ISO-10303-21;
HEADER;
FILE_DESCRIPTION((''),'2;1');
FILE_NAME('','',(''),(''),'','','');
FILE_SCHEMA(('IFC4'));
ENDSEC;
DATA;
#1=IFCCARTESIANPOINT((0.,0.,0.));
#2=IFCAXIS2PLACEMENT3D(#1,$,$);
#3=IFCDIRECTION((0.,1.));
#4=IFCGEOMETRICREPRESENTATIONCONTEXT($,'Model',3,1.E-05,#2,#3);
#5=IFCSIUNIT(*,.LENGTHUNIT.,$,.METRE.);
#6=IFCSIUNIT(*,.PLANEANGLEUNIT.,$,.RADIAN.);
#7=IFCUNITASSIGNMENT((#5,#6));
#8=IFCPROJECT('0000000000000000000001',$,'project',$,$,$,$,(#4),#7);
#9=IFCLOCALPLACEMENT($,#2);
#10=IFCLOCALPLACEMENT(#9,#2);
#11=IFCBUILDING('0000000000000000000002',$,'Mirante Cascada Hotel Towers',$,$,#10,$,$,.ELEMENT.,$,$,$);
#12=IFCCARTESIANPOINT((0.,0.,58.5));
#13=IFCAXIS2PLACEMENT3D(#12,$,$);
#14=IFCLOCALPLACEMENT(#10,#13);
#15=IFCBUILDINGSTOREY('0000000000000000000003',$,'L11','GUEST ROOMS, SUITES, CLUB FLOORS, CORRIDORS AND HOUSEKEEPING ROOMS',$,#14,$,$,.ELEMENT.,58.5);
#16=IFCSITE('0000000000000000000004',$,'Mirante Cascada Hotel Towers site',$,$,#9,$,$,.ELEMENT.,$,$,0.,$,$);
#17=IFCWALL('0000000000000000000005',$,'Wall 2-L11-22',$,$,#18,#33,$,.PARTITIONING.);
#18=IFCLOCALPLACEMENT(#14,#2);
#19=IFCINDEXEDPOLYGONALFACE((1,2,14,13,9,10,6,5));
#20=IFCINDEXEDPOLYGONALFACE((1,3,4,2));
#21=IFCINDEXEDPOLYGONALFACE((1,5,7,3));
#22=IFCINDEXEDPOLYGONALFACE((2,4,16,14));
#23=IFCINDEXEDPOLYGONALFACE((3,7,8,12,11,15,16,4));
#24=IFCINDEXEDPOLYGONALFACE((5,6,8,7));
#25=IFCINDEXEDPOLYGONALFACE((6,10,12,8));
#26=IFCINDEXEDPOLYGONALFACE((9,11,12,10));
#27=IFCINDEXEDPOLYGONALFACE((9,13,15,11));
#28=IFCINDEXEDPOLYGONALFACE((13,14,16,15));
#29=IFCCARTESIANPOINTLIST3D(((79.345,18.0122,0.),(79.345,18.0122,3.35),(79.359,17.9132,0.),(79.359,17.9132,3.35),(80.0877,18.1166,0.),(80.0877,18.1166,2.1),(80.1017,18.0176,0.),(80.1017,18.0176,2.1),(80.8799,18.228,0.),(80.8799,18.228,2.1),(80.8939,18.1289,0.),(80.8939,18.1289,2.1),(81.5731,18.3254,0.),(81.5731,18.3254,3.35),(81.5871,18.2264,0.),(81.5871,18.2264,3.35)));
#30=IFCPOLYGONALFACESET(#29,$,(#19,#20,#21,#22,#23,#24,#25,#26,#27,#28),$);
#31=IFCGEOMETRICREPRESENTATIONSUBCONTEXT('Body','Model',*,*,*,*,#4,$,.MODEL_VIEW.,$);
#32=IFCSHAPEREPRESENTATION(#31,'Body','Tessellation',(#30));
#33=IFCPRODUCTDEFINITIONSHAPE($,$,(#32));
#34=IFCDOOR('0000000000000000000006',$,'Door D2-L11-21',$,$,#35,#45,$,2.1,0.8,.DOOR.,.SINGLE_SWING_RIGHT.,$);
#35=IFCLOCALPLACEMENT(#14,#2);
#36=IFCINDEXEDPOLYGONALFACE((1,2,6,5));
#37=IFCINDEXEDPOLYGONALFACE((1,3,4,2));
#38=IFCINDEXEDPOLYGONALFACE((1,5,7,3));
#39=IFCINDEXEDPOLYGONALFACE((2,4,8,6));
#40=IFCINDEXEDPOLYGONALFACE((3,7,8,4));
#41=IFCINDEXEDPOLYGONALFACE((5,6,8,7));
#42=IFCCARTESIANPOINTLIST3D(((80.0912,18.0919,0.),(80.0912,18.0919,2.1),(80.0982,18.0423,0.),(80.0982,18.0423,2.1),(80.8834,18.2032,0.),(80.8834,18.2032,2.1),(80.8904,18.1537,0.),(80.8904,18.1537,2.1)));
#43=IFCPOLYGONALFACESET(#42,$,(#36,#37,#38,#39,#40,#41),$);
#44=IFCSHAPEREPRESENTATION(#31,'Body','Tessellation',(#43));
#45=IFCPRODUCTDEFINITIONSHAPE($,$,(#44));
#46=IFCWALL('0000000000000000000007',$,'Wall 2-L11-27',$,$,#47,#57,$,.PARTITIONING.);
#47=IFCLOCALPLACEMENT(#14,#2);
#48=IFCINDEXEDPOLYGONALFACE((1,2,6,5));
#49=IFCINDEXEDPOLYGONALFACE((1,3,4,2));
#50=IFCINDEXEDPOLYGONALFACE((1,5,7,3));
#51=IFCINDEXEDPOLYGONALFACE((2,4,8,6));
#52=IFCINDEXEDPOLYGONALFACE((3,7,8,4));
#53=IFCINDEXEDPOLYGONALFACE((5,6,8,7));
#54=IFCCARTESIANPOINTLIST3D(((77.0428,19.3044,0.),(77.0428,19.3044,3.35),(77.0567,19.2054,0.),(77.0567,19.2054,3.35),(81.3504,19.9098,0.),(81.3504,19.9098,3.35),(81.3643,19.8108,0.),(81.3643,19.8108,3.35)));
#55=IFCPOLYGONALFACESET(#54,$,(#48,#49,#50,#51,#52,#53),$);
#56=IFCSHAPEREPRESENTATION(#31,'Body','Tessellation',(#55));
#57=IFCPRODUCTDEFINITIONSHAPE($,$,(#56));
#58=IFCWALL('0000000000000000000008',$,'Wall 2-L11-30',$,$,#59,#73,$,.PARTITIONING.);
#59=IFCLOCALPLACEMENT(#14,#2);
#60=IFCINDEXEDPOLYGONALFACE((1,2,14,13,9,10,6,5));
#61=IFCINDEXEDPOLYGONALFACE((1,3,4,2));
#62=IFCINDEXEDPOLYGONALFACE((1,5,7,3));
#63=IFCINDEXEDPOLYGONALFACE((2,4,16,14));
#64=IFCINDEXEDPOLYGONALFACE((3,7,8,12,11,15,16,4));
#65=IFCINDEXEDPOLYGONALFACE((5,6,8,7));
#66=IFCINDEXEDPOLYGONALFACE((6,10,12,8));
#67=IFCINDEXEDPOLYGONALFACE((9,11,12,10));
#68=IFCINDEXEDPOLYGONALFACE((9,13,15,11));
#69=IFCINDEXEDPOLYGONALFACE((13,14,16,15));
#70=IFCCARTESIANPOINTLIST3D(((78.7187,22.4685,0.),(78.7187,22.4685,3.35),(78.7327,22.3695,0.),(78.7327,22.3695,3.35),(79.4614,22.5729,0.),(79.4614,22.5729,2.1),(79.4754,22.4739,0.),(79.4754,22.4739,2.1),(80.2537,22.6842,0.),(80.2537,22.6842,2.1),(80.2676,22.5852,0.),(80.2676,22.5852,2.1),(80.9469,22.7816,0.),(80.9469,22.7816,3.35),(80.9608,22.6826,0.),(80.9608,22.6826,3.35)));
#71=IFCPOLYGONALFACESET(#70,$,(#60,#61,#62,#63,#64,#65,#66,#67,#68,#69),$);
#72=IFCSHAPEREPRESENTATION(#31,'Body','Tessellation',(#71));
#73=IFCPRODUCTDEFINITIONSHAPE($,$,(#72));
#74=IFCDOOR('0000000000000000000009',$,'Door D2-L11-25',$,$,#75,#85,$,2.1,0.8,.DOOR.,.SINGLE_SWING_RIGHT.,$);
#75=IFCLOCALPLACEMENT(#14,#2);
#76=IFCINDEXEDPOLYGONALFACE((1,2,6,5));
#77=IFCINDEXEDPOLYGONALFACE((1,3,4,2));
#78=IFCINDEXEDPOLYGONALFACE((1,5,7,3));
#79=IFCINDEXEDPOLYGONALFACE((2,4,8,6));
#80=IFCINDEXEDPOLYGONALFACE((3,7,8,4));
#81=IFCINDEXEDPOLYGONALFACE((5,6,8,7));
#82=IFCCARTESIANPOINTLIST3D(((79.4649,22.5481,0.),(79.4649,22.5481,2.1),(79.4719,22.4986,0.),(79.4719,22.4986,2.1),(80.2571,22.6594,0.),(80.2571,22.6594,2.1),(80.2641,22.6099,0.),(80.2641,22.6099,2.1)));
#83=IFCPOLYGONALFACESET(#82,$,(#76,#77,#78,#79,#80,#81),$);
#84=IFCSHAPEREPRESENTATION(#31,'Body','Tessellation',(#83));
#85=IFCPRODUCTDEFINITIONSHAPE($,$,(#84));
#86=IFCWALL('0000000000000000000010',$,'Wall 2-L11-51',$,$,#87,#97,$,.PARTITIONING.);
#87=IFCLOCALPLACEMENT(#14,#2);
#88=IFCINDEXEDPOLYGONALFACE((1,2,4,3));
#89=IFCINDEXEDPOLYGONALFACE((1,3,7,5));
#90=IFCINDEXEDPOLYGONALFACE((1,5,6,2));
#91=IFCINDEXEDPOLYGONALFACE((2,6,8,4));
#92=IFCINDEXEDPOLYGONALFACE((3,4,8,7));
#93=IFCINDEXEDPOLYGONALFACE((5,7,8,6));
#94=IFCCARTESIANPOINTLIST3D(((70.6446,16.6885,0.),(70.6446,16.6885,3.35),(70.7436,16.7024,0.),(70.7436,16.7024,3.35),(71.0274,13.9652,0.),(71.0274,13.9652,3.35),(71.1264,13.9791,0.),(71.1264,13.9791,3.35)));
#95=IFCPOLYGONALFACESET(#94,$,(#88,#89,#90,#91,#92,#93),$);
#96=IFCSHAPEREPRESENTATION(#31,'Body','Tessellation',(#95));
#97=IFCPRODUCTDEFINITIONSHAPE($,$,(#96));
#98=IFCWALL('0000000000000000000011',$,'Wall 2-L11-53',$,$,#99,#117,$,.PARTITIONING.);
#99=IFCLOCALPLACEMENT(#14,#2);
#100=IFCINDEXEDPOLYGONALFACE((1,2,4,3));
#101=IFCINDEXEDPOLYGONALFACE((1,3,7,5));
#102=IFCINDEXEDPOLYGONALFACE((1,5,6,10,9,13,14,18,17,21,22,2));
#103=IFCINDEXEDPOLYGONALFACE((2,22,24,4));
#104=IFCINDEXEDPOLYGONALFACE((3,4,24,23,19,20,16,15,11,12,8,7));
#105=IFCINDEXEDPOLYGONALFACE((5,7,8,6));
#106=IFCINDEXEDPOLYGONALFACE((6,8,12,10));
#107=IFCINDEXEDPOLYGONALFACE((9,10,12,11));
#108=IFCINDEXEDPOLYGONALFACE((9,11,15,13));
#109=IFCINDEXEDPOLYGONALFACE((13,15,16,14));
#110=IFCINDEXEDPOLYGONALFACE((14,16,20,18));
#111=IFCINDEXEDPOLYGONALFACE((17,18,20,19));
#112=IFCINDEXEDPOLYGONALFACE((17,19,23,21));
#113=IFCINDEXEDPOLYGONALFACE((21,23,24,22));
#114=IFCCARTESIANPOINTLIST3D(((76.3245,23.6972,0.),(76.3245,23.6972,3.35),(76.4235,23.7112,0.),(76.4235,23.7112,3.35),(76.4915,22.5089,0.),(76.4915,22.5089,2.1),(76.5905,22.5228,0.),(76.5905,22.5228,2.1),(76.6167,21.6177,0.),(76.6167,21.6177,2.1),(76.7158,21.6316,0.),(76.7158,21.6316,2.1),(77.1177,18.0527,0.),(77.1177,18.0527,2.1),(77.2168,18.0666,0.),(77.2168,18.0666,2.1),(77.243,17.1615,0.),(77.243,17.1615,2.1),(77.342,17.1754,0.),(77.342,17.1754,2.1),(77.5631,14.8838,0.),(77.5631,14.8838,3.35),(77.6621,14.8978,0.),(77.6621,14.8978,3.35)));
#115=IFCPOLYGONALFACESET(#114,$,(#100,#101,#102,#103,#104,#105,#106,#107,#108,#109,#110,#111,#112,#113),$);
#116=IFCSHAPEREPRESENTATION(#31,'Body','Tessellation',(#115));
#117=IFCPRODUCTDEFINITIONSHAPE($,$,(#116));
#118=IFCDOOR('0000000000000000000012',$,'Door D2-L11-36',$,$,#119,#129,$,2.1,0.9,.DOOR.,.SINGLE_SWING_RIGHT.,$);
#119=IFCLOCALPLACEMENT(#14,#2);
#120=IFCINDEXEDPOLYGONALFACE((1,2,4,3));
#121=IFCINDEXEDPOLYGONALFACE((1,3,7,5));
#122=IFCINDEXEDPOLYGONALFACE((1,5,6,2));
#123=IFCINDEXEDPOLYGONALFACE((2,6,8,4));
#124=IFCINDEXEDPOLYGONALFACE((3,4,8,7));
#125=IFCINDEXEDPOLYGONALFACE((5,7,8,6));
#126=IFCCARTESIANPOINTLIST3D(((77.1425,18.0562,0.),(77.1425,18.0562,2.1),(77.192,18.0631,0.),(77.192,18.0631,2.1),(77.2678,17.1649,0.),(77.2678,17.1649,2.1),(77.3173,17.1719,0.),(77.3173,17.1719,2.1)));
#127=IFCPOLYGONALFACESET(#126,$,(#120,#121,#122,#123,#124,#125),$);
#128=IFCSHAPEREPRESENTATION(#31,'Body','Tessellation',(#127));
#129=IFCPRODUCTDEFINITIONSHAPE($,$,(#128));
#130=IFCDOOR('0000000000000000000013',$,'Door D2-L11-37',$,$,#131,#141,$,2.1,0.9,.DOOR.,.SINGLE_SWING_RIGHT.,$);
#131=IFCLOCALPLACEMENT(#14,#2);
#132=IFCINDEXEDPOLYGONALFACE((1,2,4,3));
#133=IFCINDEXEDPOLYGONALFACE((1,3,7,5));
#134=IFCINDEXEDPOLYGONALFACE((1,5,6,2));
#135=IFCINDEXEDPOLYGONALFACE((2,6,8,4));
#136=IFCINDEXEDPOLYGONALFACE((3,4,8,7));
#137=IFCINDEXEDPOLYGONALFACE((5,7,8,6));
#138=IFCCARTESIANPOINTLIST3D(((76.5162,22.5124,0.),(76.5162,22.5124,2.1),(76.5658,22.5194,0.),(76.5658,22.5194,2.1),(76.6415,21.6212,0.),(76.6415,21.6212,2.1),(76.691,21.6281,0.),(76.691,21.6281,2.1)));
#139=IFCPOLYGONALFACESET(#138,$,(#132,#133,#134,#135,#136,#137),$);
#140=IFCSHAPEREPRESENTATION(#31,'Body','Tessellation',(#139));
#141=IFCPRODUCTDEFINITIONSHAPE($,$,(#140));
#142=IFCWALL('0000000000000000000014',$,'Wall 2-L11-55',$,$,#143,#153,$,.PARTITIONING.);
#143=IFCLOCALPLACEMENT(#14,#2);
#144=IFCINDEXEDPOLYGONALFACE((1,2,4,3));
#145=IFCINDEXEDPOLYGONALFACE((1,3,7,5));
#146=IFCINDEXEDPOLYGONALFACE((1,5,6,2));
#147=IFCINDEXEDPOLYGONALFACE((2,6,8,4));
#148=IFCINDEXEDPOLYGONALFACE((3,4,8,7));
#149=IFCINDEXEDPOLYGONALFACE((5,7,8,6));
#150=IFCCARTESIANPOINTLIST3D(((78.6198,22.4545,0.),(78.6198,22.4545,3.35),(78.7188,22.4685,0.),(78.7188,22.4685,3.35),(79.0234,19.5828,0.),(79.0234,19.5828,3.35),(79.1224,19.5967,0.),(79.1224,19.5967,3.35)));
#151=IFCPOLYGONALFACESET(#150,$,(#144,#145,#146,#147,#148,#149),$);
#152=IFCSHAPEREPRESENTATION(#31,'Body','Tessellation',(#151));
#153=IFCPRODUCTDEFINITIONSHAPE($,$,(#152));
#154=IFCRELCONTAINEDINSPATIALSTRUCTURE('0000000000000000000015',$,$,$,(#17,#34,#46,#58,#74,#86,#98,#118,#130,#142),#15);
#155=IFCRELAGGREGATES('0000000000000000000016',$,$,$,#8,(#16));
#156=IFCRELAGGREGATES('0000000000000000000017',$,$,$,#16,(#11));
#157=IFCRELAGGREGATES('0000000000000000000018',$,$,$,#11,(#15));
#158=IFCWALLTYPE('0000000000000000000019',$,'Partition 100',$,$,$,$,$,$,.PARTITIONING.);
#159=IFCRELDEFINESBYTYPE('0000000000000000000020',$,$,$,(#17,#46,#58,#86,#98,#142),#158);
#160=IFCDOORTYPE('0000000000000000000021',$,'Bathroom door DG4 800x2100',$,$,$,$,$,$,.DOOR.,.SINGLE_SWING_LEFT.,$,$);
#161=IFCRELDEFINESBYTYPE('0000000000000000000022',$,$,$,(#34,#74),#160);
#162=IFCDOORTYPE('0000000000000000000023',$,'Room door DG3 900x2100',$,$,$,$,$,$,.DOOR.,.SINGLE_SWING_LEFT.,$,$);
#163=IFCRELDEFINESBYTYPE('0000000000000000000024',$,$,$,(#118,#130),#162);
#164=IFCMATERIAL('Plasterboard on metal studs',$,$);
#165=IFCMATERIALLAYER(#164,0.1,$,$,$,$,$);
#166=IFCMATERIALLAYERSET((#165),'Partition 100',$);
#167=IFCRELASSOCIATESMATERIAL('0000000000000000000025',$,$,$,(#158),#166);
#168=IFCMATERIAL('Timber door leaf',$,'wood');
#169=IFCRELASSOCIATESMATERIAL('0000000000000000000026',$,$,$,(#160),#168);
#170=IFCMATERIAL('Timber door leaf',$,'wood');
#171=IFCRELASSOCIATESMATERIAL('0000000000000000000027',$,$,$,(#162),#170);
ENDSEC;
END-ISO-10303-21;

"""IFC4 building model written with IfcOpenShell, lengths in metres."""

from ifc_helpers import new_model, si_unit, direction, frame, frame_2d, origin, place, context, subcontext, project, spatial, rectangle, extrude, material, layer, layer_set, type_object, element, fill, save


model = new_model("IFC4")

# Units and contexts
model_context = context("Model", 3, precision=1e-05, world=origin(), true_north=direction((0.0, 1.0)))
body_context = subcontext(model_context, "Body", "Model", "MODEL_VIEW")
ifc_project = project(units=[si_unit("LENGTHUNIT", "METRE"), si_unit("PLANEANGLEUNIT", "RADIAN")], contexts=[model_context])

# Site, building, storey
site_placement = place(None, origin())
site = spatial("IfcSite", under=ifc_project, at=site_placement, Name="Mirante Cascada Hotel Towers site", CompositionType="ELEMENT", RefElevation=0.0)
building_placement = place(site_placement, origin())
building = spatial("IfcBuilding", under=site, at=building_placement, Name="Mirante Cascada Hotel Towers", CompositionType="ELEMENT")
storey_placement = place(building_placement, frame((0.0, 0.0, 58.5)))
storey = spatial("IfcBuildingStorey", under=building, at=storey_placement, Name="L11", Description="GUEST ROOMS, SUITES, CLUB FLOORS, CORRIDORS AND HOUSEKEEPING ROOMS", CompositionType="ELEMENT", Elevation=58.5)

# Shared definitions
ifc_material_1 = material(Name="Plasterboard on metal studs")
ifc_layer_1 = layer(ifc_material_1, 0.1)
ifc_layer_set_1 = layer_set([ifc_layer_1], Name="Partition 100")
wall_type_1 = type_object("IfcWallType", Name="Partition 100", PredefinedType="PARTITIONING", material=ifc_layer_set_1)
ifc_material_2 = material(Name="Timber door leaf", Category="wood")
door_type_1 = type_object("IfcDoorType", Name="Bathroom door DG4 800x2100", OperationType="SINGLE_SWING_LEFT", PredefinedType="DOOR", material=ifc_material_2)

# Wall, opening, door
wall_1_placement = place(storey_placement, frame((79.352, 17.9627, 0.0), z_axis=(0.0, 0.0, 1.0), x_axis=(0.990264, 0.1392, 0.0)))
wall_1 = element("IfcWall", 1, at=wall_1_placement, inside=storey, type_object=wall_type_1, Name="Wall 2-L11-22", PredefinedType="PARTITIONING", context=body_context, shape_type="SweptSolid", body=[
    extrude(rectangle(XDim=2.25, YDim=0.1, at=frame_2d((1.125, 0.0))), origin(), (0.0, 0.0, 1.0), 3.35),
])
opening_1_placement = place(wall_1_placement, frame((0.75, 0.0, 0.0)))
opening_1 = element("IfcOpeningElement", 2, at=opening_1_placement, cuts=wall_1, PredefinedType="OPENING", context=body_context, shape_type="SweptSolid", body=[
    extrude(rectangle(XDim=0.8, YDim=2.1, at=frame_2d((0.4, 1.05))), frame((0.0, 0.05, 0.0), z_axis=(0.0, -1.0, 0.0), x_axis=(1.0, 0.0, 0.0)), (0.0, 0.0, 1.0), 0.1),
])
door_1_placement = place(opening_1_placement, frame((0.8, 0.0, 0.0), z_axis=(0.0, 0.0, 1.0), x_axis=(-1.0, 0.0, 0.0)))
door_1 = element("IfcDoor", 3, at=door_1_placement, inside=storey, type_object=door_type_1, Name="Door D2-L11-21", OperationType="SINGLE_SWING_RIGHT", OverallHeight=2.1, OverallWidth=0.8, PredefinedType="DOOR", context=body_context, shape_type="SweptSolid", body=[
    extrude(rectangle(XDim=0.8, YDim=2.1, at=frame_2d((0.4, 1.05))), frame((0.0, 0.025, 0.0), z_axis=(0.0, -1.0, 0.0), x_axis=(1.0, 0.0, 0.0)), (0.0, 0.0, 1.0), 0.05),
])
fill(opening_1, door_1)

# Wall
wall_2_placement = place(storey_placement, frame((81.3574, 19.8603, 0.0), z_axis=(0.0, 0.0, 1.0), x_axis=(-0.990268, -0.139175, 0.0)))
element("IfcWall", 4, at=wall_2_placement, inside=storey, type_object=wall_type_1, Name="Wall 2-L11-27", PredefinedType="PARTITIONING", context=body_context, shape_type="SweptSolid", body=[
    extrude(rectangle(XDim=4.3499, YDim=0.1, at=frame_2d((2.175, 0.0))), origin(), (0.0, 0.0, 1.0), 3.35),
])

# Wall, opening, door
wall_3_placement = place(storey_placement, frame((78.7257, 22.419, 0.0), z_axis=(0.0, 0.0, 1.0), x_axis=(0.990271, 0.139156, 0.0)))
wall_3 = element("IfcWall", 5, at=wall_3_placement, inside=storey, type_object=wall_type_1, Name="Wall 2-L11-30", PredefinedType="PARTITIONING", context=body_context, shape_type="SweptSolid", body=[
    extrude(rectangle(XDim=2.25, YDim=0.1, at=frame_2d((1.125, 0.0))), origin(), (0.0, 0.0, 1.0), 3.35),
])
opening_2_placement = place(wall_3_placement, frame((0.75, 0.0, 0.0)))
opening_2 = element("IfcOpeningElement", 6, at=opening_2_placement, cuts=wall_3, PredefinedType="OPENING", context=body_context, shape_type="SweptSolid", body=[
    extrude(rectangle(XDim=0.8, YDim=2.1, at=frame_2d((0.4, 1.05))), frame((0.0, 0.05, 0.0), z_axis=(0.0, -1.0, 0.0), x_axis=(1.0, 0.0, 0.0)), (0.0, 0.0, 1.0), 0.1),
])
door_2_placement = place(opening_2_placement, frame((0.8, 0.0, 0.0), z_axis=(0.0, 0.0, 1.0), x_axis=(-1.0, 0.0, 0.0)))
door_2 = element("IfcDoor", 7, at=door_2_placement, inside=storey, type_object=door_type_1, Name="Door D2-L11-25", OperationType="SINGLE_SWING_RIGHT", OverallHeight=2.1, OverallWidth=0.8, PredefinedType="DOOR", context=body_context, shape_type="SweptSolid", body=[
    extrude(rectangle(XDim=0.8, YDim=2.1, at=frame_2d((0.4, 1.05))), frame((0.0, 0.025, 0.0), z_axis=(0.0, -1.0, 0.0), x_axis=(1.0, 0.0, 0.0)), (0.0, 0.0, 1.0), 0.05),
])
fill(opening_2, door_2)

# Wall
wall_4_placement = place(storey_placement, frame((70.6941, 16.6955, 0.0), z_axis=(0.0, 0.0, 1.0), x_axis=(0.139196, -0.990265, 0.0)))
element("IfcWall", 8, at=wall_4_placement, inside=storey, type_object=wall_type_1, Name="Wall 2-L11-51", PredefinedType="PARTITIONING", context=body_context, shape_type="SweptSolid", body=[
    extrude(rectangle(XDim=2.7501, YDim=0.1, at=frame_2d((1.3751, 0.0))), origin(), (0.0, 0.0, 1.0), 3.35),
])

# Wall, openings, doors
wall_5_placement = place(storey_placement, frame((76.374, 23.7042, 0.0), z_axis=(0.0, 0.0, 1.0), x_axis=(0.139168, -0.990269, 0.0)))
wall_5 = element("IfcWall", 9, at=wall_5_placement, inside=storey, type_object=wall_type_1, Name="Wall 2-L11-53", PredefinedType="PARTITIONING", context=body_context, shape_type="SweptSolid", body=[
    extrude(rectangle(XDim=8.9, YDim=0.1, at=frame_2d((4.45, 0.0))), origin(), (0.0, 0.0, 1.0), 3.35),
])
opening_3_placement = place(wall_5_placement, frame((5.7, 0.0, 0.0)))
opening_3 = element("IfcOpeningElement", 10, at=opening_3_placement, cuts=wall_5, PredefinedType="OPENING", context=body_context, shape_type="SweptSolid", body=[
    extrude(rectangle(XDim=0.9, YDim=2.1, at=frame_2d((0.45, 1.05))), frame((0.0, 0.05, 0.0), z_axis=(0.0, -1.0, 0.0), x_axis=(1.0, 0.0, 0.0)), (0.0, 0.0, 1.0), 0.1),
])
opening_4_placement = place(wall_5_placement, frame((1.2, 0.0, 0.0)))
opening_4 = element("IfcOpeningElement", 11, at=opening_4_placement, cuts=wall_5, PredefinedType="OPENING", context=body_context, shape_type="SweptSolid", body=[
    extrude(rectangle(XDim=0.9, YDim=2.1, at=frame_2d((0.45, 1.05))), frame((0.0, 0.05, 0.0), z_axis=(0.0, -1.0, 0.0), x_axis=(1.0, 0.0, 0.0)), (0.0, 0.0, 1.0), 0.1),
])
ifc_material_3 = material(Name="Timber door leaf", Category="wood")
door_type_2 = type_object("IfcDoorType", Name="Room door DG3 900x2100", OperationType="SINGLE_SWING_LEFT", PredefinedType="DOOR", material=ifc_material_3)
door_3_placement = place(opening_3_placement, frame((0.9, 0.0, 0.0), z_axis=(0.0, 0.0, 1.0), x_axis=(-1.0, 0.0, 0.0)))
door_3 = element("IfcDoor", 12, at=door_3_placement, inside=storey, type_object=door_type_2, Name="Door D2-L11-36", OperationType="SINGLE_SWING_RIGHT", OverallHeight=2.1, OverallWidth=0.9, PredefinedType="DOOR", context=body_context, shape_type="SweptSolid", body=[
    extrude(rectangle(XDim=0.9, YDim=2.1, at=frame_2d((0.45, 1.05))), frame((0.0, 0.025, 0.0), z_axis=(0.0, -1.0, 0.0), x_axis=(1.0, 0.0, 0.0)), (0.0, 0.0, 1.0), 0.05),
])
fill(opening_3, door_3)
door_4_placement = place(opening_4_placement, frame((0.9, 0.0, 0.0), z_axis=(0.0, 0.0, 1.0), x_axis=(-1.0, 0.0, 0.0)))
door_4 = element("IfcDoor", 13, at=door_4_placement, inside=storey, type_object=door_type_2, Name="Door D2-L11-37", OperationType="SINGLE_SWING_RIGHT", OverallHeight=2.1, OverallWidth=0.9, PredefinedType="DOOR", context=body_context, shape_type="SweptSolid", body=[
    extrude(rectangle(XDim=0.9, YDim=2.1, at=frame_2d((0.45, 1.05))), frame((0.0, 0.025, 0.0), z_axis=(0.0, -1.0, 0.0), x_axis=(1.0, 0.0, 0.0)), (0.0, 0.0, 1.0), 0.05),
])
fill(opening_4, door_4)

# Wall
wall_6_placement = place(storey_placement, frame((78.6693, 22.4615, 0.0), z_axis=(0.0, 0.0, 1.0), x_axis=(0.139171, -0.990268, 0.0)))
element("IfcWall", 14, at=wall_6_placement, inside=storey, type_object=wall_type_1, Name="Wall 2-L11-55", PredefinedType="PARTITIONING", context=body_context, shape_type="SweptSolid", body=[
    extrude(rectangle(XDim=2.9, YDim=0.1, at=frame_2d((1.45, 0.0))), origin(), (0.0, 0.0, 1.0), 3.35),
])

save(model, "model.ifc")
